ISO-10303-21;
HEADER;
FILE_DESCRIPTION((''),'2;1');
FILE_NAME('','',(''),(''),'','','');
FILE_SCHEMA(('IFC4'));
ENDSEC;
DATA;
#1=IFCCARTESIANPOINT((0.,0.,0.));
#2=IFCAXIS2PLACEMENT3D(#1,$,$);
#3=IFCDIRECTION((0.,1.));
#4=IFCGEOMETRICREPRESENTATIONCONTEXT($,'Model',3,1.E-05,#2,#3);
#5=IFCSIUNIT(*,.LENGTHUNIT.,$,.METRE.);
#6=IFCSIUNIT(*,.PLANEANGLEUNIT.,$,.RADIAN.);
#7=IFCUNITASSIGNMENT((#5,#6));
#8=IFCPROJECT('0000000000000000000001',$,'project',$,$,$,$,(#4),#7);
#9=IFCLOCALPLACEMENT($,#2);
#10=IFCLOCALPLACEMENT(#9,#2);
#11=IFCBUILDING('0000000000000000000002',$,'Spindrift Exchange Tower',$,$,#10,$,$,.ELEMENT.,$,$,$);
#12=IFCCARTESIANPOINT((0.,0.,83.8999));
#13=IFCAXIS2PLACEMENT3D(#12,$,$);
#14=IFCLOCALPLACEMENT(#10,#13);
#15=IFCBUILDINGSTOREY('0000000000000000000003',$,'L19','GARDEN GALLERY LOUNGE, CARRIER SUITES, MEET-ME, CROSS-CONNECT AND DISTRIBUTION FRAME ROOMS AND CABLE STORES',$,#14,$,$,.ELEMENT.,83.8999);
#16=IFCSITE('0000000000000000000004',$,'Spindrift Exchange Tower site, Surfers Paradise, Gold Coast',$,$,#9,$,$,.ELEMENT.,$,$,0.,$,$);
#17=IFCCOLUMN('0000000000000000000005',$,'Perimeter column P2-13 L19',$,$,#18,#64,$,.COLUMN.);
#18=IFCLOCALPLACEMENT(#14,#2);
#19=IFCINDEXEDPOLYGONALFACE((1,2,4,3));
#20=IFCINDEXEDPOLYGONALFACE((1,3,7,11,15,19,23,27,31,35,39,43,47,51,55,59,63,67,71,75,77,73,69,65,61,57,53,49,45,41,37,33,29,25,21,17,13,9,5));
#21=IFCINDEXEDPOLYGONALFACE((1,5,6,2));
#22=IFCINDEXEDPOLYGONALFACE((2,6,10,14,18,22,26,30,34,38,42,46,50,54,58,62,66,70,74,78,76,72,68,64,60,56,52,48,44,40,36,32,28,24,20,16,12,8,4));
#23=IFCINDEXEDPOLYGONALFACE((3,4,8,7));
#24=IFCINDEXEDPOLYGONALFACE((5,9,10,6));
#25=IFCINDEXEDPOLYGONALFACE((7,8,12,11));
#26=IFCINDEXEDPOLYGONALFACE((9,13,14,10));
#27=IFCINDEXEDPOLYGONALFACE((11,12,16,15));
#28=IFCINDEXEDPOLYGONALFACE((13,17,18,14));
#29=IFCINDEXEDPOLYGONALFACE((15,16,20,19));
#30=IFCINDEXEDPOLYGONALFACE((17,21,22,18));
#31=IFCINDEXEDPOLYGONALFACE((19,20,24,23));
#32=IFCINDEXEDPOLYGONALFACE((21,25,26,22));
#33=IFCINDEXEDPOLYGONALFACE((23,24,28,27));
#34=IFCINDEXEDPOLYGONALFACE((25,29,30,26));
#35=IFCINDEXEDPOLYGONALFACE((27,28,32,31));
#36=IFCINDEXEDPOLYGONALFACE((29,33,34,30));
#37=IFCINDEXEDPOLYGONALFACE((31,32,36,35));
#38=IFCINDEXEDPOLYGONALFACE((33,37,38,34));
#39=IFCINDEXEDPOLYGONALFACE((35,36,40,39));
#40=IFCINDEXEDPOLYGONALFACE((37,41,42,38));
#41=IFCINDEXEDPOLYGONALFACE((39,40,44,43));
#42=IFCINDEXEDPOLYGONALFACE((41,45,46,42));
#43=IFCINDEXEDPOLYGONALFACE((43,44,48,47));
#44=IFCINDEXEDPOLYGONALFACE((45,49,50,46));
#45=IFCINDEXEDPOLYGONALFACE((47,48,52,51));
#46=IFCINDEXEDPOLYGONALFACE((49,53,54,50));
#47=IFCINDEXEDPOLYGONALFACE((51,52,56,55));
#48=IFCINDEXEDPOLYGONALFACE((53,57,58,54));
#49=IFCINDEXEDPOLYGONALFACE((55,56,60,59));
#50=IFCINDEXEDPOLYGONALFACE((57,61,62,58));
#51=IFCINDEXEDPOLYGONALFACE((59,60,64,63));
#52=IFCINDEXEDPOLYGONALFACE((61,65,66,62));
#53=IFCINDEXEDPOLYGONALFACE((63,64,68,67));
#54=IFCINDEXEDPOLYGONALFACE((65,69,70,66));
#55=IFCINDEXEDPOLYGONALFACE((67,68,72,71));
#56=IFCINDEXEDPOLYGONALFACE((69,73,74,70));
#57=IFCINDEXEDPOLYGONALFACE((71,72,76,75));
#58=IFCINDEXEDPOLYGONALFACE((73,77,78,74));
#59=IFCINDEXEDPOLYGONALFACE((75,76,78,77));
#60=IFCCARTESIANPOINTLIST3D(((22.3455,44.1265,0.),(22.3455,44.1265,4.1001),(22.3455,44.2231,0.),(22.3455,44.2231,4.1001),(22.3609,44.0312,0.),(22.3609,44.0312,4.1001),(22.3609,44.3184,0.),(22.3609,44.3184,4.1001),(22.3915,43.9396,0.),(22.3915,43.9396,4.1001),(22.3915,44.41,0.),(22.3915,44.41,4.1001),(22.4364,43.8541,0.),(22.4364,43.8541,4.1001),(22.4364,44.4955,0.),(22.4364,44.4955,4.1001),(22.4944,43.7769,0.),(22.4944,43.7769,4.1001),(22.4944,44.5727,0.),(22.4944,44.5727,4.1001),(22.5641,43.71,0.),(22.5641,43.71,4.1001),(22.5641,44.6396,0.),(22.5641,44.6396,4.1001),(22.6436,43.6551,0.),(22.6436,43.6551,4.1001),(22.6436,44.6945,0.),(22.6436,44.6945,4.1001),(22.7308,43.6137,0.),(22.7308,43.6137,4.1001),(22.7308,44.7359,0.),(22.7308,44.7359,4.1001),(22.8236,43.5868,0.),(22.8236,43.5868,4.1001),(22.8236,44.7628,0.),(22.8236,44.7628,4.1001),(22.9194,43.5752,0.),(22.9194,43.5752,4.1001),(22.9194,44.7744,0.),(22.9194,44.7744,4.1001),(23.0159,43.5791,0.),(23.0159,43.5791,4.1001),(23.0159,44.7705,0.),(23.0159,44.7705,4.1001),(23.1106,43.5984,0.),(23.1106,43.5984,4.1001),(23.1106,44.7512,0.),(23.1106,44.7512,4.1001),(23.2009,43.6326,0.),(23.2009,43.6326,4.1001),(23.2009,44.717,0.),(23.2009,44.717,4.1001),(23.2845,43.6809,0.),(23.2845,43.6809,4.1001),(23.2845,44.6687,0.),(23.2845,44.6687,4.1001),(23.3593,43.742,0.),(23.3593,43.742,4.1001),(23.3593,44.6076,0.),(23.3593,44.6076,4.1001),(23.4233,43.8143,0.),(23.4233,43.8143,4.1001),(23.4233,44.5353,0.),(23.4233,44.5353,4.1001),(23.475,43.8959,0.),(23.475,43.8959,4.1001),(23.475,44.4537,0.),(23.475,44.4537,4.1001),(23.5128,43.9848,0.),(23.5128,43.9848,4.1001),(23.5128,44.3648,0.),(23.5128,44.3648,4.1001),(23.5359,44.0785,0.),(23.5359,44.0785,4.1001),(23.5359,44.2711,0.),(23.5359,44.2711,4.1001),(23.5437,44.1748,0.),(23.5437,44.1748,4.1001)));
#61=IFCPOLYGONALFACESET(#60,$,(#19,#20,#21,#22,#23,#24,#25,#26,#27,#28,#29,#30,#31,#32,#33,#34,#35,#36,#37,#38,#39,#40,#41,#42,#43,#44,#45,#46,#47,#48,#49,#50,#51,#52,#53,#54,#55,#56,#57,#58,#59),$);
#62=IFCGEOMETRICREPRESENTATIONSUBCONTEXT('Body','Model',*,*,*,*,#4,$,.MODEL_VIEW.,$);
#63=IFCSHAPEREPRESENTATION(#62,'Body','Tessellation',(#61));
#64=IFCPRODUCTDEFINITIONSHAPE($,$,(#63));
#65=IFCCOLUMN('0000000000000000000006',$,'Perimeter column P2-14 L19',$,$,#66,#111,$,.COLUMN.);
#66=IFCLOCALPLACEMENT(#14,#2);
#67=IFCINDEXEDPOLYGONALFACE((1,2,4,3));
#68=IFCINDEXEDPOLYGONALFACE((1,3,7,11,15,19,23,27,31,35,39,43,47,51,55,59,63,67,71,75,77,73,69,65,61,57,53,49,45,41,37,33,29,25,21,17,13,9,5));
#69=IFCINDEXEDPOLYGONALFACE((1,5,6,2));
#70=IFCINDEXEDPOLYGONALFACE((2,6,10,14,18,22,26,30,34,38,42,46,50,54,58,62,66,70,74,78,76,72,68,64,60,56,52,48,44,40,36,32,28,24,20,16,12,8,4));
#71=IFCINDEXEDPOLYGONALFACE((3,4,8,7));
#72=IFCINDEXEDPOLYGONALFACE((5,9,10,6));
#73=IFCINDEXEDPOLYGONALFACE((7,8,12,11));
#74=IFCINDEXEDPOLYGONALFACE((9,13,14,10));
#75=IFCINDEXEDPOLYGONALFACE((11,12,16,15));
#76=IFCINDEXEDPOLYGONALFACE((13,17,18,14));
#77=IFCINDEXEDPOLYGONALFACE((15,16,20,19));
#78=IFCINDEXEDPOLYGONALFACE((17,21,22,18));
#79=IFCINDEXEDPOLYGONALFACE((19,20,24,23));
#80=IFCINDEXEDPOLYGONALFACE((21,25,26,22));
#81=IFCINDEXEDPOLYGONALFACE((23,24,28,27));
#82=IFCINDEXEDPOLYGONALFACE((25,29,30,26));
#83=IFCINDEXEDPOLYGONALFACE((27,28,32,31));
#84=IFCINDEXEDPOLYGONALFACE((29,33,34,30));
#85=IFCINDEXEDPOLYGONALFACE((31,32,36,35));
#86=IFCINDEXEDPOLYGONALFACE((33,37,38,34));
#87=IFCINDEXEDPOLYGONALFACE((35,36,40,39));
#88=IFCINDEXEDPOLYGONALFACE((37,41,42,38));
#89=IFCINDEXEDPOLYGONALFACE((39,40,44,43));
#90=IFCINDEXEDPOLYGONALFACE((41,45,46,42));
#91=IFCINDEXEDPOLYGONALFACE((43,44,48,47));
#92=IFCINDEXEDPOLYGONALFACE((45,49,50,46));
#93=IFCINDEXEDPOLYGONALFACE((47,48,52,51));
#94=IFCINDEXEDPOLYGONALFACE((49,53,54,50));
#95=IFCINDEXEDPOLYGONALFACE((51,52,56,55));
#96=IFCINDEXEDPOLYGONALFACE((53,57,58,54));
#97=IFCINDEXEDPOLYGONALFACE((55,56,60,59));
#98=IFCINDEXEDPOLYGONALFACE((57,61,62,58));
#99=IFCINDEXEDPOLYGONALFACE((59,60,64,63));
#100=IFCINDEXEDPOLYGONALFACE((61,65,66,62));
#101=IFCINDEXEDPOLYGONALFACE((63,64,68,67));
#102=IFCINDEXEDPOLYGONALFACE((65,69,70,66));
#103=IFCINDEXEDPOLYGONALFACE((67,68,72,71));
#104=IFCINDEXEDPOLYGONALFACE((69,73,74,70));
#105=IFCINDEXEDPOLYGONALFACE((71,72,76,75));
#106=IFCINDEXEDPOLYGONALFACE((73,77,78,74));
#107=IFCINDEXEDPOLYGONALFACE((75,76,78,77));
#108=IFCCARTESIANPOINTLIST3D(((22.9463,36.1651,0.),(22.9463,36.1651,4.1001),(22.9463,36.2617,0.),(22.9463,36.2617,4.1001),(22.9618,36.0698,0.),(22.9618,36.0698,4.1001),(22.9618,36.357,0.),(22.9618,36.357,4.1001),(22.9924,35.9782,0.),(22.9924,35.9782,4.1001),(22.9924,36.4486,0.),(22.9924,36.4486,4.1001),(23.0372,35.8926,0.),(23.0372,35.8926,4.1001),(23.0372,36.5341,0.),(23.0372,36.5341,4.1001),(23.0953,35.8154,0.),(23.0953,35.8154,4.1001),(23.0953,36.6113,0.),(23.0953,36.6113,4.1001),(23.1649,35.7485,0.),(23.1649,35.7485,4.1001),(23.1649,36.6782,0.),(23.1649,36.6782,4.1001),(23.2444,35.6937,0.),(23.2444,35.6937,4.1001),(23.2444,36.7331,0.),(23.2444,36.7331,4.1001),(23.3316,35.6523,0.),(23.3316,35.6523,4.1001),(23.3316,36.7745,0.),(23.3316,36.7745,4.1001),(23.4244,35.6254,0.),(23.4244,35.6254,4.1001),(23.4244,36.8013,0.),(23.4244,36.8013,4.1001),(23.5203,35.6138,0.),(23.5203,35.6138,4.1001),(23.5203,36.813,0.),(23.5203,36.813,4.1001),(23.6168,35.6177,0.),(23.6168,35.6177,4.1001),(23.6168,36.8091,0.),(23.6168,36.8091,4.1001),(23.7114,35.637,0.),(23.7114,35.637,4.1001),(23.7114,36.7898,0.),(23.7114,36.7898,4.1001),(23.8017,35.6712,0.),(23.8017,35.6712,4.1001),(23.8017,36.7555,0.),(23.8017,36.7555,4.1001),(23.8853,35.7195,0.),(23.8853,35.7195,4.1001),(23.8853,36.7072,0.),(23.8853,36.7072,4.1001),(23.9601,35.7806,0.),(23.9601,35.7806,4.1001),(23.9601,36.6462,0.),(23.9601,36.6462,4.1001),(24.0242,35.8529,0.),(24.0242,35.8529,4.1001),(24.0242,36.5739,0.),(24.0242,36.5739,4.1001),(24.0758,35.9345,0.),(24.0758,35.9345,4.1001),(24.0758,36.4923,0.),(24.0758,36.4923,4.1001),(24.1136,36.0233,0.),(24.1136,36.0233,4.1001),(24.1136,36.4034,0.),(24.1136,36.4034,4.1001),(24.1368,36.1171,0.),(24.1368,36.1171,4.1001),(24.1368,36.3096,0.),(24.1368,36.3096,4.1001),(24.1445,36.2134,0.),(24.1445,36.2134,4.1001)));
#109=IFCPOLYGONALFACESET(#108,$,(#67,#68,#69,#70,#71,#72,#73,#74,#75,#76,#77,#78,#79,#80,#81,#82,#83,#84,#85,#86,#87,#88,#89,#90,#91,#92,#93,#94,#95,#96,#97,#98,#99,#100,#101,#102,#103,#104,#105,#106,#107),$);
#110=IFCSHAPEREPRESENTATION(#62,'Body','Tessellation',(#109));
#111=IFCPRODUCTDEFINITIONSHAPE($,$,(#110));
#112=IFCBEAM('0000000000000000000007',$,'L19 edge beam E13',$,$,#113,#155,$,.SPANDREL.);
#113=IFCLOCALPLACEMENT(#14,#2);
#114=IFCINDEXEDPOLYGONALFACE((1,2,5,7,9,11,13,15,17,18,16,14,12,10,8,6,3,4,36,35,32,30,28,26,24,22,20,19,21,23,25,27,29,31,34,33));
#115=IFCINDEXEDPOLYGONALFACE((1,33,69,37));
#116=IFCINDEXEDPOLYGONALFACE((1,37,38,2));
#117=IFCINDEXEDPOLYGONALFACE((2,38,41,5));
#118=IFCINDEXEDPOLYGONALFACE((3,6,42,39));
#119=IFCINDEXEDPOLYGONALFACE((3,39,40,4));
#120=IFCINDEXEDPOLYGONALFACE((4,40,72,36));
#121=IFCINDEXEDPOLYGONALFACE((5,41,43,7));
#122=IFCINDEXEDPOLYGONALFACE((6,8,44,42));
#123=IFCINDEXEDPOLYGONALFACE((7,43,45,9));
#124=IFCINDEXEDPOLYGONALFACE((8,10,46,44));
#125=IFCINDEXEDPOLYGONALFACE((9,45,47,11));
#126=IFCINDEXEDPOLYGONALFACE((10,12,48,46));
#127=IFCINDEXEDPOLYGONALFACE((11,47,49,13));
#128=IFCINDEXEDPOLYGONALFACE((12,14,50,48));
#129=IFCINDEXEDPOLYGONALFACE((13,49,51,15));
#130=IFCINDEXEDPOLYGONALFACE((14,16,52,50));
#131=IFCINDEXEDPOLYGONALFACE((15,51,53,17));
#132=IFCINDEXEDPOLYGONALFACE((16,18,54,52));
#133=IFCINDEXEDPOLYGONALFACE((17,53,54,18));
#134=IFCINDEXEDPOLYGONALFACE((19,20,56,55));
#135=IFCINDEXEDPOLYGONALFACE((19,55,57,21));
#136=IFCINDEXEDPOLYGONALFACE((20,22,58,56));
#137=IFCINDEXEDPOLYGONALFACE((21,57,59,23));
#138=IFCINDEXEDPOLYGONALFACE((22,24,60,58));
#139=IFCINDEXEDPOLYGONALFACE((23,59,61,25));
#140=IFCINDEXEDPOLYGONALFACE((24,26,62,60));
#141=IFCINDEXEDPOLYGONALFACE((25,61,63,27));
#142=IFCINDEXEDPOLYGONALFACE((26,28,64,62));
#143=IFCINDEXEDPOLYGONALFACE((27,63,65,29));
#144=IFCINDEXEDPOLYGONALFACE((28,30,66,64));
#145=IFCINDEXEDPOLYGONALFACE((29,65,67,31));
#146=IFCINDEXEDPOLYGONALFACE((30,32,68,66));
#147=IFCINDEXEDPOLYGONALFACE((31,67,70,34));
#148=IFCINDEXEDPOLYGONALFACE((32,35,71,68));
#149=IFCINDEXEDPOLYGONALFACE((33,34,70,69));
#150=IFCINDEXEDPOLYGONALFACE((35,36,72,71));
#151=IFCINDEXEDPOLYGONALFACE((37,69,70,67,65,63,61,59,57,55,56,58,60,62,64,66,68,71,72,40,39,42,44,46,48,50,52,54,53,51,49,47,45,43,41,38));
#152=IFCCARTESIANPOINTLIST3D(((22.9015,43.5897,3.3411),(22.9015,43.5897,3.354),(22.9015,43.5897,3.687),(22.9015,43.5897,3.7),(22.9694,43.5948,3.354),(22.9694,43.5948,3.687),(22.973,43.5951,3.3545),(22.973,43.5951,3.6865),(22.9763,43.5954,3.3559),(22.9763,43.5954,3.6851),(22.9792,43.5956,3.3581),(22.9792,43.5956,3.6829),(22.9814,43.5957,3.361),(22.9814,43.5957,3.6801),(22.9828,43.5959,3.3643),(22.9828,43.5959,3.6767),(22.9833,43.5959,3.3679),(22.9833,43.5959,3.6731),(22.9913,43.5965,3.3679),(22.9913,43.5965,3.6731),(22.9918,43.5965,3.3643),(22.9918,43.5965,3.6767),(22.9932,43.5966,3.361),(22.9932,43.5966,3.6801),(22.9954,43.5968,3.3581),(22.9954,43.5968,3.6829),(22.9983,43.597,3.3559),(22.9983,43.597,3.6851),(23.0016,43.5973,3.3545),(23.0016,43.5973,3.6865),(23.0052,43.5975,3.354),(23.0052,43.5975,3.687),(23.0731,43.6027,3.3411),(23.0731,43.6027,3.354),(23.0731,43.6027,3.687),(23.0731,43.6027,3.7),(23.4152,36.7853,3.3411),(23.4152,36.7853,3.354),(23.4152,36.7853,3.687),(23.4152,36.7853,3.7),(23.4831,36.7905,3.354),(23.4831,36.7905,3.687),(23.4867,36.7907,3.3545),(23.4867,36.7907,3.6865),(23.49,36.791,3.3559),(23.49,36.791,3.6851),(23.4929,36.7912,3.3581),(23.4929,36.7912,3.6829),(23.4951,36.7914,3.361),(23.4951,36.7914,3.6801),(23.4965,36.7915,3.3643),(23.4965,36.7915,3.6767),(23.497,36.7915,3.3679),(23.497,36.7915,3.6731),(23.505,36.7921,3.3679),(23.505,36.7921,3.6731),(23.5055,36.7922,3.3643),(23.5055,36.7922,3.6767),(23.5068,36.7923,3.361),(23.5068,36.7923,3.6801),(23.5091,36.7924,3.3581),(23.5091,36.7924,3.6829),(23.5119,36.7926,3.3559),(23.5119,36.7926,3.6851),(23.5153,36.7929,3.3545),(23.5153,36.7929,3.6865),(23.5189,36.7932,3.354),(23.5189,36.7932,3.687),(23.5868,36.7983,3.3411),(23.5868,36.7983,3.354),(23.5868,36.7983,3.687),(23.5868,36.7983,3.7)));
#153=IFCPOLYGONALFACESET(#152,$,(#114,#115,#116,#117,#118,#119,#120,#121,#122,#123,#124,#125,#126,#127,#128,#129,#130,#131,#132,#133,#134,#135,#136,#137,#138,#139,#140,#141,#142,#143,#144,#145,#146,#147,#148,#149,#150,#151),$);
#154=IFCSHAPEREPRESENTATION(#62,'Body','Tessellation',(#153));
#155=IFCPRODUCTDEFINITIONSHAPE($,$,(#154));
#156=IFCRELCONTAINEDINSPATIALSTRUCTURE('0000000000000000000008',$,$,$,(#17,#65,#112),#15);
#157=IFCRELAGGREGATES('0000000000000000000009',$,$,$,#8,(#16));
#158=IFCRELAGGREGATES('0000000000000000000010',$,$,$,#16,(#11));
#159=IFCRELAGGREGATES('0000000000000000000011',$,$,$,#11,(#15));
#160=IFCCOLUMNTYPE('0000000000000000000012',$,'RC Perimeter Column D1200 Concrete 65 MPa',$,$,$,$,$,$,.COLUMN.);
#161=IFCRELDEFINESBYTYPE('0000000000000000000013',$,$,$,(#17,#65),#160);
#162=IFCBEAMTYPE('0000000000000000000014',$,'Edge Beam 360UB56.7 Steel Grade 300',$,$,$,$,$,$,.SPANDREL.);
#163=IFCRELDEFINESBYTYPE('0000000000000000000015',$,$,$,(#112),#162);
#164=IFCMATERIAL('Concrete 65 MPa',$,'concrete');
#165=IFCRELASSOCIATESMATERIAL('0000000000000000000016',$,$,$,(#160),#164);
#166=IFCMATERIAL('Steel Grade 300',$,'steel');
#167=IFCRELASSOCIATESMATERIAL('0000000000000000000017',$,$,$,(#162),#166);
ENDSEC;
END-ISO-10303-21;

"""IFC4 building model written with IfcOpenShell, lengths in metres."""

from ifc_helpers import new_model, si_unit, direction, frame, origin, origin_2d, place, context, subcontext, project, spatial, circle, i_section, extrude, source, transform, mapped, material, material_profile, profile_set, type_object, element, save


model = new_model("IFC4")

# Units and contexts
model_context = context("Model", 3, precision=1e-05, world=origin(), true_north=direction((0.0, 1.0)))
body_context = subcontext(model_context, "Body", "Model", "MODEL_VIEW")
ifc_project = project(units=[si_unit("LENGTHUNIT", "METRE"), si_unit("PLANEANGLEUNIT", "RADIAN")], contexts=[model_context])

# Site, building, storey
site_placement = place(None, origin())
site = spatial("IfcSite", under=ifc_project, at=site_placement, Name="Spindrift Exchange Tower site, Surfers Paradise, Gold Coast", CompositionType="ELEMENT", RefElevation=0.0)
building_placement = place(site_placement, origin())
building = spatial("IfcBuilding", under=site, at=building_placement, Name="Spindrift Exchange Tower", CompositionType="ELEMENT")
storey_placement = place(building_placement, frame((0.0, 0.0, 83.8999)))
storey = spatial("IfcBuildingStorey", under=building, at=storey_placement, Name="L19", Description="GARDEN GALLERY LOUNGE, CARRIER SUITES, MEET-ME, CROSS-CONNECT AND DISTRIBUTION FRAME ROOMS AND CABLE STORES", CompositionType="ELEMENT", Elevation=83.8999)

# Columns
ifc_material_1 = material(Name="Concrete 65 MPa", Category="concrete")
ifc_material_profile_1 = material_profile(ifc_material_1, circle(Radius=0.6001, at=origin_2d()), Name="RC D1200")
ifc_profile_set_1 = profile_set([ifc_material_profile_1], Name="Concrete 65 MPa")
column_type = type_object("IfcColumnType", Name="RC Perimeter Column D1200 Concrete 65 MPa", PredefinedType="COLUMN", material=ifc_profile_set_1)
shared_shape_1 = source(origin(), body_context, "Body", "SweptSolid", [
    extrude(circle(Radius=0.6001, at=origin_2d()), origin(), (0.0, 0.0, 1.0), 4.1001),
])
for number, where, z_axis, x_axis, name in (
    (1, (22.9436, 44.1748, 0.0), (0.0, 0.0, 1.0), (1.0, 0.0, 0.0), "Perimeter column P2-13 L19"),
    (2, (23.5444, 36.2134, 0.0), (0.0, 0.0, 1.0), (1.0, 0.0, 0.0), "Perimeter column P2-14 L19"),
):
    element("IfcColumn", number, at=place(storey_placement, frame(where, z_axis=z_axis, x_axis=x_axis)), inside=storey, type_object=column_type, Name=name, PredefinedType="COLUMN", context=body_context, shape_type="MappedRepresentation", body=[
        mapped(shared_shape_1, transform((0.0, 0.0, 0.0), scale=1.0)),
    ])

# Beam
ifc_material_2 = material(Name="Steel Grade 300", Category="steel")
ifc_material_profile_2 = material_profile(ifc_material_2, i_section(OverallWidth=0.1721, OverallDepth=0.3589, WebThickness=0.0081, FlangeThickness=0.0129, FilletRadius=0.0139, at=origin_2d()), Name="360UB56.7")
ifc_profile_set_2 = profile_set([ifc_material_profile_2], Name="Steel Grade 300")
beam_type_1 = type_object("IfcBeamType", Name="Edge Beam 360UB56.7 Steel Grade 300", PredefinedType="SPANDREL", material=ifc_profile_set_2)
shared_shape_2 = source(origin(), body_context, "Body", "SweptSolid", [
    extrude(i_section(OverallWidth=0.1721, OverallDepth=0.3589, WebThickness=0.0081, FlangeThickness=0.0129, FilletRadius=0.0139, at=origin_2d()), origin(), (0.0, 0.0, 1.0), 6.8237),
])
beam_1_placement = place(storey_placement, frame((22.9873, 43.5962, 3.5205), z_axis=(0.075276, -0.997163, 0.0), x_axis=(0.997163, 0.075276, 0.0)))
element("IfcBeam", 3, at=beam_1_placement, inside=storey, type_object=beam_type_1, Name="L19 edge beam E13", PredefinedType="SPANDREL", context=body_context, shape_type="MappedRepresentation", body=[
    mapped(shared_shape_2, transform((0.0, 0.0, 0.0), scale=1.0)),
])

save(model, "model.ifc")
